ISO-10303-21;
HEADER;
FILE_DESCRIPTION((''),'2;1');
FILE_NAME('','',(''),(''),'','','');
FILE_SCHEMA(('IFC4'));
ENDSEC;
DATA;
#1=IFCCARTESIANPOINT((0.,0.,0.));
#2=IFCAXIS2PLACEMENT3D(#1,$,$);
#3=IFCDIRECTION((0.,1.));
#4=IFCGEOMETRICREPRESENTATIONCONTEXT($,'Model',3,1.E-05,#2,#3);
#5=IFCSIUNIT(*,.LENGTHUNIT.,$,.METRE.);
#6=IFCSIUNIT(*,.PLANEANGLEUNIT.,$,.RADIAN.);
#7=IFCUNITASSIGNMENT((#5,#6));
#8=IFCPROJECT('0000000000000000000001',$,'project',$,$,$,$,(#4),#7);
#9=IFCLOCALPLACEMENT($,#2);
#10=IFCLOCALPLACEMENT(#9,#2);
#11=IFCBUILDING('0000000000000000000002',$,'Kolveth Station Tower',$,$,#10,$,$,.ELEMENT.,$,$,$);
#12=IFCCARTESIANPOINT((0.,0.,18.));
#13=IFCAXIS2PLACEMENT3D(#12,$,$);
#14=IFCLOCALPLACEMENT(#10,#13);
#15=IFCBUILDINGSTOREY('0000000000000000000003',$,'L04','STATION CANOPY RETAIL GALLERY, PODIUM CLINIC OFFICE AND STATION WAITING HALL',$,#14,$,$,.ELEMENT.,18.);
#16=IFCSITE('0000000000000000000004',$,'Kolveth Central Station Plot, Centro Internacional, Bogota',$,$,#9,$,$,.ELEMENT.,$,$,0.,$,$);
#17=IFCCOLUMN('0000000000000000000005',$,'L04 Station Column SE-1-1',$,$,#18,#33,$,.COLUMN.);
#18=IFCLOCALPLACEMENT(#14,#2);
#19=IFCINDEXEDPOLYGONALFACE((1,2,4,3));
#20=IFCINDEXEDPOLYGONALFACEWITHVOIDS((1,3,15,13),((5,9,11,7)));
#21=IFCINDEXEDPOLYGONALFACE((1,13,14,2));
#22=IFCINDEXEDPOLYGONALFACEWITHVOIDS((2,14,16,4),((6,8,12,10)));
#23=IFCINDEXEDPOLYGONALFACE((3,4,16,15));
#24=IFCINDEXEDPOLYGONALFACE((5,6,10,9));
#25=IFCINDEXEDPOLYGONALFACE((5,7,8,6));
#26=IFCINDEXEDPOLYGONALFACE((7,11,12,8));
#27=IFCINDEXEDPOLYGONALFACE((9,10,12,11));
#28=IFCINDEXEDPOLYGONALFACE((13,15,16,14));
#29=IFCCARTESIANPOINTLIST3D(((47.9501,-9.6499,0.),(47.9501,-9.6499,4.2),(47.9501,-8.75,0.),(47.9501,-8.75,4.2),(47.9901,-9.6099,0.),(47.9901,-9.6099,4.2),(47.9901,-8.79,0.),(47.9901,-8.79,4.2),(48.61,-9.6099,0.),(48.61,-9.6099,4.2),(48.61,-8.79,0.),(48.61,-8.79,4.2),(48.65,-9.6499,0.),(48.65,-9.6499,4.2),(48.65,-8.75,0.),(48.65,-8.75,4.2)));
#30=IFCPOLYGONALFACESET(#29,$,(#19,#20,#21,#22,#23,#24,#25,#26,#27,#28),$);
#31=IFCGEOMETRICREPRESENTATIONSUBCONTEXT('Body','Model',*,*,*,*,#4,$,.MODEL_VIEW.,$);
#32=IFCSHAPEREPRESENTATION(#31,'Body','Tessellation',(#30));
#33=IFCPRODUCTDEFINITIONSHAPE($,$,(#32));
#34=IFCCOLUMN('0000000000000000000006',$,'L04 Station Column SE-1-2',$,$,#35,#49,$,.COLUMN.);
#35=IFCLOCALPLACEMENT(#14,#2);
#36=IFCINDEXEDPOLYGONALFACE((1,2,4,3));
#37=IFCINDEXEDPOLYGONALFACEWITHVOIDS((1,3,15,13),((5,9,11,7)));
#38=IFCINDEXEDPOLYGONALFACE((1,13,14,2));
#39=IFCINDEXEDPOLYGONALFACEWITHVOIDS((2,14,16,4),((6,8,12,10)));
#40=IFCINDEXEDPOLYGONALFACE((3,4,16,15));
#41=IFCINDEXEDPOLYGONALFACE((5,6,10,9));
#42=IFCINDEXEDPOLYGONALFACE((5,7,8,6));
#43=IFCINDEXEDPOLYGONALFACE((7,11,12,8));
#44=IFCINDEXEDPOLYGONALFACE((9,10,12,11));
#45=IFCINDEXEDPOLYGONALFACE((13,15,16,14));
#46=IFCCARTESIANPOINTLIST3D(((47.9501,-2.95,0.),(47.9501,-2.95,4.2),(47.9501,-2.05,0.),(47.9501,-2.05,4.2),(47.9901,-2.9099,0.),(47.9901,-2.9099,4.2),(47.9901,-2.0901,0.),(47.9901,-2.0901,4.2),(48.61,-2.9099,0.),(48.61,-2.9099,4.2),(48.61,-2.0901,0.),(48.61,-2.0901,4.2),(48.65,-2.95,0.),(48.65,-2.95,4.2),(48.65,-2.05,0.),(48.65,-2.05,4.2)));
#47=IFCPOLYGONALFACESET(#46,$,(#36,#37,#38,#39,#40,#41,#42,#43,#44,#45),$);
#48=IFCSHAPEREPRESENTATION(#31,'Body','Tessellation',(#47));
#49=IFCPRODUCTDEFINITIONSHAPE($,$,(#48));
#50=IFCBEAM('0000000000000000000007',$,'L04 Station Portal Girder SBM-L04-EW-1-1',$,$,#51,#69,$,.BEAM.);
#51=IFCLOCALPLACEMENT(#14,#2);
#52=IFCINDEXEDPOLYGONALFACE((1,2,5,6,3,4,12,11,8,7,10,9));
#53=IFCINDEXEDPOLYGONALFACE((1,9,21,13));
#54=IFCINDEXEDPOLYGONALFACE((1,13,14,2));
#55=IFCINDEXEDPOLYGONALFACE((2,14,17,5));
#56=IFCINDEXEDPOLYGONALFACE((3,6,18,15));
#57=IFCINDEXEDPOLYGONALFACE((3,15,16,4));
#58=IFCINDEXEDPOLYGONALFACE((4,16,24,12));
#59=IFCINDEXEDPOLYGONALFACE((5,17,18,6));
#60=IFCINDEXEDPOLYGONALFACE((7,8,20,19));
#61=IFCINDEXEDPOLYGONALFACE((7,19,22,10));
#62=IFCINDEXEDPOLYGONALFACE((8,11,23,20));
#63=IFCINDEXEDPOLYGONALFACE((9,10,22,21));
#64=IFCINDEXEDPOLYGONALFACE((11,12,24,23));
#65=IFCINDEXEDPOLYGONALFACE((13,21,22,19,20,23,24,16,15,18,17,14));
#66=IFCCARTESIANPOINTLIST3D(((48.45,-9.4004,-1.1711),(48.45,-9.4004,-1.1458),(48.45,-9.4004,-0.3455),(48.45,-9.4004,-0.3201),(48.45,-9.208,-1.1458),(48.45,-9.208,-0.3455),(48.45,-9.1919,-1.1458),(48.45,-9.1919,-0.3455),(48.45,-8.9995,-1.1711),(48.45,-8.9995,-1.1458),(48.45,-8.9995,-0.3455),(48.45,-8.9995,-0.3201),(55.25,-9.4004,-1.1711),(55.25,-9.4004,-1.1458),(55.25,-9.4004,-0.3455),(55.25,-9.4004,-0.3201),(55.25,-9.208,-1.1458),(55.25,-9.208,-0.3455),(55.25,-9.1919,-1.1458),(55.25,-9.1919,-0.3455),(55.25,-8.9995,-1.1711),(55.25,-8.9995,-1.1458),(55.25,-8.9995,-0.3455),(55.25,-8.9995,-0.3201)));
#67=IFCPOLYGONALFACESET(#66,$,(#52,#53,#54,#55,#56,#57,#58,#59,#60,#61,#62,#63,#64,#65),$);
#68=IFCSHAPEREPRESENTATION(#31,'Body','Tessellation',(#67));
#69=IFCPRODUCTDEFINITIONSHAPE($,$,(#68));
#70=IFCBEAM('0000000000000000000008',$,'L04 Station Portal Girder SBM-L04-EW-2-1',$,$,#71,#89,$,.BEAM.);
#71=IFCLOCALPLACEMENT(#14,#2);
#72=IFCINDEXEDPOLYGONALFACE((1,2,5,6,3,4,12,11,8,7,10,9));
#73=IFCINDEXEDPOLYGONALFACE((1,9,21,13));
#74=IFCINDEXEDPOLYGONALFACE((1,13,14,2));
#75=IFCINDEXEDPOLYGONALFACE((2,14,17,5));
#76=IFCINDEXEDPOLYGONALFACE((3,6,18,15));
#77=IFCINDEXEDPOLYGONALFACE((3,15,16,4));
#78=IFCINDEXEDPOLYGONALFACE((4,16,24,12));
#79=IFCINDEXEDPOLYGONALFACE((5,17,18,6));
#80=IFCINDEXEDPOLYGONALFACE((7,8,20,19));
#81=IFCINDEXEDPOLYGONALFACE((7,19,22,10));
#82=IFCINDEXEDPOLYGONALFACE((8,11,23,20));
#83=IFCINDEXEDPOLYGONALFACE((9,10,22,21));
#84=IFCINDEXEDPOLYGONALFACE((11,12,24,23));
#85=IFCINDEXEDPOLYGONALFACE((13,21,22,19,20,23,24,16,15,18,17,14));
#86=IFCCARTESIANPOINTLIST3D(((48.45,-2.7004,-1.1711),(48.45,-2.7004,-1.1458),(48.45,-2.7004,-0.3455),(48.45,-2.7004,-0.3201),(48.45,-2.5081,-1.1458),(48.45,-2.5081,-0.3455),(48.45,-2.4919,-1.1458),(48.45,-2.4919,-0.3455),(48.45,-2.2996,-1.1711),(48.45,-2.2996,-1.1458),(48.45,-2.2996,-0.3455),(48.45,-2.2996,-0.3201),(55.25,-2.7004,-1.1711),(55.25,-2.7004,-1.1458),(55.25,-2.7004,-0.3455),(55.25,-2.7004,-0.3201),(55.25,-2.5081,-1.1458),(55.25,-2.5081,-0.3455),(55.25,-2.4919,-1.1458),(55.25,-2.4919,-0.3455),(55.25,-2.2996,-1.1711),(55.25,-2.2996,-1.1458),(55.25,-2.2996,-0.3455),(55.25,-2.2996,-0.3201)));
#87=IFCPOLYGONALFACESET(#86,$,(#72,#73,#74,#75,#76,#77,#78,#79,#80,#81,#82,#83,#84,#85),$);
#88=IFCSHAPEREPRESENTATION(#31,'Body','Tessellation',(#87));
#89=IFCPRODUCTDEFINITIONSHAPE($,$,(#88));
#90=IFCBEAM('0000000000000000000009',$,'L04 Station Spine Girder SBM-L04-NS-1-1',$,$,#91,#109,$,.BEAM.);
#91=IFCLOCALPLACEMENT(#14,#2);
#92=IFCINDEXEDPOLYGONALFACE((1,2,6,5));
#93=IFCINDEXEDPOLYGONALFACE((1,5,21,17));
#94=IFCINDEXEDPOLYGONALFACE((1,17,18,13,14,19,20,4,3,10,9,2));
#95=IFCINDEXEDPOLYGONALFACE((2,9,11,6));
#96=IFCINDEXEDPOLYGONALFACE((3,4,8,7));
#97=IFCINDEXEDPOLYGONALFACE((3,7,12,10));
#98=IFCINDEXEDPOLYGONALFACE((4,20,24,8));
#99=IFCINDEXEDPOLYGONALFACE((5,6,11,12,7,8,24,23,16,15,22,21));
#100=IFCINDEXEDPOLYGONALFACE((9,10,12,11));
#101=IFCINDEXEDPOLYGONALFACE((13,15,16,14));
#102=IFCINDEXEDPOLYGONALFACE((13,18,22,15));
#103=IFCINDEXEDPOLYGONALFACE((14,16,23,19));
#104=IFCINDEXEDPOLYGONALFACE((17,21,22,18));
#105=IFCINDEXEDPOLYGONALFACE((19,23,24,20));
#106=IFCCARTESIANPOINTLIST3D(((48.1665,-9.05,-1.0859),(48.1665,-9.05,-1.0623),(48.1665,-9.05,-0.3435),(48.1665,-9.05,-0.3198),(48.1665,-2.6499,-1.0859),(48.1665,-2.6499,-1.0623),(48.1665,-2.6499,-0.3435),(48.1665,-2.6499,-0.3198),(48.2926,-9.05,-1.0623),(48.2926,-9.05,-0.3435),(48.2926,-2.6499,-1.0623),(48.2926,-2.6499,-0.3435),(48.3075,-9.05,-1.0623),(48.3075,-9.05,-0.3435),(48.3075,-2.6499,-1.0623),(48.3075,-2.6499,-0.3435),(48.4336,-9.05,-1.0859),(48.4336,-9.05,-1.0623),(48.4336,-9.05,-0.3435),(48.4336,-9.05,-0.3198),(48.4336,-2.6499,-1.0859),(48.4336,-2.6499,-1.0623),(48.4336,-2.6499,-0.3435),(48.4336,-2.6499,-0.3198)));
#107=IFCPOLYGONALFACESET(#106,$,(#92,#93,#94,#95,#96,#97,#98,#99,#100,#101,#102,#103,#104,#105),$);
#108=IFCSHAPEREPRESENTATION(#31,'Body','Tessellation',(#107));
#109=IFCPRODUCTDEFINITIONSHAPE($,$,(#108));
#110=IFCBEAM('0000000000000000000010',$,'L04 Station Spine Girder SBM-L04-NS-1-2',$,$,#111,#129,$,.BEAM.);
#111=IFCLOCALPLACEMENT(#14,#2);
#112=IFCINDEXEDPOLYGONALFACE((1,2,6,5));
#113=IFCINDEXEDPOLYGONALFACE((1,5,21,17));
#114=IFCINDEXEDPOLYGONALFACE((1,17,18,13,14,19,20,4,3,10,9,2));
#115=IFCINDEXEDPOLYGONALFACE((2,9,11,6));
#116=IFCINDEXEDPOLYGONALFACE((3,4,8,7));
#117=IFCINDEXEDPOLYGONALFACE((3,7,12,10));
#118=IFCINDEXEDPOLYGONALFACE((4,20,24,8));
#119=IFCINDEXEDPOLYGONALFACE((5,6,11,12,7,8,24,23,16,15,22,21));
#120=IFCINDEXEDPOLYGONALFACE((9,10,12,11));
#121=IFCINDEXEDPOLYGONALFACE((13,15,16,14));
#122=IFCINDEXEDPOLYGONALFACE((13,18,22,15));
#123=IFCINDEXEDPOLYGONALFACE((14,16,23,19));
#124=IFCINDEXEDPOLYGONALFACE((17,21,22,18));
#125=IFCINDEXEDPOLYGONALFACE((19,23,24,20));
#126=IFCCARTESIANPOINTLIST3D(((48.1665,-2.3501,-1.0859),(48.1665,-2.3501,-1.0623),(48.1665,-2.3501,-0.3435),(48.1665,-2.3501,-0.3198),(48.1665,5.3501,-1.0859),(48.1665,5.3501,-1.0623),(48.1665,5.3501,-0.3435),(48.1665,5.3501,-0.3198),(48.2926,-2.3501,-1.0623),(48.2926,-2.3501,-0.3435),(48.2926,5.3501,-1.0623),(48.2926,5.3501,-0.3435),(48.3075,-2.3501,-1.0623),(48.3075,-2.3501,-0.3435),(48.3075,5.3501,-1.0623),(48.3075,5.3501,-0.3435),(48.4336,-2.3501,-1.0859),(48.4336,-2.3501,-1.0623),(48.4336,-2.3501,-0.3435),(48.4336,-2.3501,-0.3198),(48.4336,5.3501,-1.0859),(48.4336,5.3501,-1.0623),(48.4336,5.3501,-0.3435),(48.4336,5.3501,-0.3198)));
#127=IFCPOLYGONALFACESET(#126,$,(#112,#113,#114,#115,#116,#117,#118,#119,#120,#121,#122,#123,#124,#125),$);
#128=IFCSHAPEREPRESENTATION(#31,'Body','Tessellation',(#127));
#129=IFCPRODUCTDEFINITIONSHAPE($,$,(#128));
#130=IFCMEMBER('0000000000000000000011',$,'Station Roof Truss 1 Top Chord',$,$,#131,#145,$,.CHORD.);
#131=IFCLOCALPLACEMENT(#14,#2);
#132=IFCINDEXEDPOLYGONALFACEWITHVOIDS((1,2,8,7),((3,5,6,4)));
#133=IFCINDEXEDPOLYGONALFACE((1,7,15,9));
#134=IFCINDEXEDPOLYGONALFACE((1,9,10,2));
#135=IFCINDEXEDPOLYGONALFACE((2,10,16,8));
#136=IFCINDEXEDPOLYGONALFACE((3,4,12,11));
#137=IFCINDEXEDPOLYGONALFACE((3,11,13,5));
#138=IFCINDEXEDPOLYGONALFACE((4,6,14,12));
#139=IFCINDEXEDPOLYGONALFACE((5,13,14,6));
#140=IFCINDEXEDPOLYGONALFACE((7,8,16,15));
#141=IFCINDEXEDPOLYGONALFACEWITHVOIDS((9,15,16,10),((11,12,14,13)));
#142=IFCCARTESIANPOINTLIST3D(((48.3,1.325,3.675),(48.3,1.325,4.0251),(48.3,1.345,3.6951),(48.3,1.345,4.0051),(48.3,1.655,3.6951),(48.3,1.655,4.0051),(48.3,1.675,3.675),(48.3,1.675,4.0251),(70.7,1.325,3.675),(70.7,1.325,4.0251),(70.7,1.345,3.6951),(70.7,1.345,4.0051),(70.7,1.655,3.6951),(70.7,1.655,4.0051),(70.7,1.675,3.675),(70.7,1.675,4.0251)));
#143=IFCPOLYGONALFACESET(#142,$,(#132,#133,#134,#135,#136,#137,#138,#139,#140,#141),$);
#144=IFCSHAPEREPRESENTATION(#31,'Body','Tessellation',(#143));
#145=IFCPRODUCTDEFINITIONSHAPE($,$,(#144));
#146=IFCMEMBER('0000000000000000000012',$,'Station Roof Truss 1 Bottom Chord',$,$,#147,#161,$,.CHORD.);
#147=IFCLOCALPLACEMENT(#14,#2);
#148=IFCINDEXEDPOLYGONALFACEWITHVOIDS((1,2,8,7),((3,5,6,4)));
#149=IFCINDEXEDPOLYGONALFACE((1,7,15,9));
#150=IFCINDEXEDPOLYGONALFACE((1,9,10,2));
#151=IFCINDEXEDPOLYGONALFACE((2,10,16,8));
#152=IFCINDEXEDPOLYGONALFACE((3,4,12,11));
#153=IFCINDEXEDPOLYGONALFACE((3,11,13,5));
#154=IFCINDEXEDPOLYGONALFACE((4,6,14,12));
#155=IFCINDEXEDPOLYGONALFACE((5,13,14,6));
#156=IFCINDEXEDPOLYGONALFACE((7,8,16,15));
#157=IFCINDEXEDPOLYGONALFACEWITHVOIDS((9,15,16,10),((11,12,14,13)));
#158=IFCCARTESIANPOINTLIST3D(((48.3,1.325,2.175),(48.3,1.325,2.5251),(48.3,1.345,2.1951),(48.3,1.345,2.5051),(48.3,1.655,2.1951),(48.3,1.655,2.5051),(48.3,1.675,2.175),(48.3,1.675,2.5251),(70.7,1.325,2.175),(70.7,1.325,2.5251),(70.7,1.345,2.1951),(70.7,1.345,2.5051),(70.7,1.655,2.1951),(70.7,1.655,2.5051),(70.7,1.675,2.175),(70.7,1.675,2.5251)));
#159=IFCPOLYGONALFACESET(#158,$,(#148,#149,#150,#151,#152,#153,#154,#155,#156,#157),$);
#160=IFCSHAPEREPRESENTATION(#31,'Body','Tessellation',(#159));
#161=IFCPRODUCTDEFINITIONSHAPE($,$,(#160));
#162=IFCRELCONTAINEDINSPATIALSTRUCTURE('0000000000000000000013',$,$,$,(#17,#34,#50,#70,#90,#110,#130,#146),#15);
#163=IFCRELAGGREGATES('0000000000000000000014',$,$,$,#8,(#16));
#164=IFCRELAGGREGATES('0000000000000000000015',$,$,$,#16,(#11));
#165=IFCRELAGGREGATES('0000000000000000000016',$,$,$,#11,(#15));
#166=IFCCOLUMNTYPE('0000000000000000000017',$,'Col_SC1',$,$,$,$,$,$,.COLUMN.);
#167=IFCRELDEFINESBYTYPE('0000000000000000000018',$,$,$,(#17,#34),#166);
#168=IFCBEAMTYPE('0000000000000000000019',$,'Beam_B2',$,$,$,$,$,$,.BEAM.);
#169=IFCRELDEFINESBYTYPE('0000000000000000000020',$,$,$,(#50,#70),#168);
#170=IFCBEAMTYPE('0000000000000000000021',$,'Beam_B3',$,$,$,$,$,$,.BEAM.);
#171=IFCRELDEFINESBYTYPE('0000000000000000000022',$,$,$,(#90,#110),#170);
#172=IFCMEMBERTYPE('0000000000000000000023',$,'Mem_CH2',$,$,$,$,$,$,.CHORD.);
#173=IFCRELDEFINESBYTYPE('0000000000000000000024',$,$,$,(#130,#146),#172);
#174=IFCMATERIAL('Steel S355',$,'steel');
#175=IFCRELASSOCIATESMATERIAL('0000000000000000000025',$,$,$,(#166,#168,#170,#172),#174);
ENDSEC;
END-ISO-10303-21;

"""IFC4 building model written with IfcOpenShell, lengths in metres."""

from ifc_helpers import new_model, si_unit, direction, frame, origin, origin_2d, place, context, subcontext, project, spatial, hollow_rectangle, i_section, extrude, source, transform, mapped, material, material_profile, profile_set, type_object, element, save


model = new_model("IFC4")

# Units and contexts
model_context = context("Model", 3, precision=1e-05, world=origin(), true_north=direction((0.0, 1.0)))
body_context = subcontext(model_context, "Body", "Model", "MODEL_VIEW")
ifc_project = project(units=[si_unit("LENGTHUNIT", "METRE"), si_unit("PLANEANGLEUNIT", "RADIAN")], contexts=[model_context])

# Site, building, storey
site_placement = place(None, origin())
site = spatial("IfcSite", under=ifc_project, at=site_placement, Name="Kolveth Central Station Plot, Centro Internacional, Bogota", CompositionType="ELEMENT", RefElevation=0.0)
building_placement = place(site_placement, origin())
building = spatial("IfcBuilding", under=site, at=building_placement, Name="Kolveth Station Tower", CompositionType="ELEMENT")
storey_placement = place(building_placement, frame((0.0, 0.0, 18.0)))
storey = spatial("IfcBuildingStorey", under=building, at=storey_placement, Name="L04", Description="STATION CANOPY RETAIL GALLERY, PODIUM CLINIC OFFICE AND STATION WAITING HALL", CompositionType="ELEMENT", Elevation=18.0)

# Columns
ifc_material_1 = material(Name="Steel S355", Category="steel")
ifc_material_profile_1 = material_profile(ifc_material_1, hollow_rectangle(XDim=0.7, YDim=0.8999, WallThickness=0.04, at=origin_2d()), Name="BOX900x700x40")
ifc_profile_set_1 = profile_set([ifc_material_profile_1], Name="Steel S355")
column_type = type_object("IfcColumnType", Name="Col_SC1", PredefinedType="COLUMN", material=ifc_profile_set_1)
shared_shape_1 = source(origin(), body_context, "Body", "SweptSolid", [
    extrude(hollow_rectangle(XDim=0.7, YDim=0.8999, WallThickness=0.04, at=origin_2d()), origin(), (0.0, 0.0, 1.0), 4.2),
])
for number, where, z_axis, x_axis, name in (
    (1, (48.3, -9.2, 0.0), (0.0, 0.0, 1.0), (1.0, 0.0, 0.0), "L04 Station Column SE-1-1"),
    (2, (48.3, -2.5, 0.0), (0.0, 0.0, 1.0), (1.0, 0.0, 0.0), "L04 Station Column SE-1-2"),
):
    element("IfcColumn", number, at=place(storey_placement, frame(where, z_axis=z_axis, x_axis=x_axis)), inside=storey, type_object=column_type, Name=name, PredefinedType="COLUMN", context=body_context, shape_type="MappedRepresentation", body=[
        mapped(shared_shape_1, transform((0.0, 0.0, 0.0), x_axis=(1.0, 0.0, 0.0), y_axis=(0.0, 1.0, 0.0), z_axis=(0.0, 0.0, 1.0), scale=1.0)),
    ])

# Beams
ifc_material_profile_2 = material_profile(ifc_material_1, i_section(OverallWidth=0.4009, OverallDepth=0.8511, WebThickness=0.0161, FlangeThickness=0.0254, at=origin_2d()), Name="W840x226")
ifc_profile_set_2 = profile_set([ifc_material_profile_2], Name="Steel S355")
beam_type_1 = type_object("IfcBeamType", Name="Beam_B2", PredefinedType="BEAM", material=ifc_profile_set_2)
shared_shape_2 = source(origin(), body_context, "Body", "SweptSolid", [
    extrude(i_section(OverallWidth=0.4009, OverallDepth=0.8511, WebThickness=0.0161, FlangeThickness=0.0254, at=origin_2d()), origin(), (0.0, 0.0, 1.0), 6.8),
])
for number, where, z_axis, x_axis, name in (
    (3, (48.45, -9.2, -0.7456), (1.0, 0.0, 0.0), (0.0, 1.0, 0.0), "L04 Station Portal Girder SBM-L04-EW-1-1"),
    (4, (48.45, -2.5, -0.7456), (1.0, 0.0, 0.0), (0.0, 1.0, 0.0), "L04 Station Portal Girder SBM-L04-EW-2-1"),
):
    element("IfcBeam", number, at=place(storey_placement, frame(where, z_axis=z_axis, x_axis=x_axis)), inside=storey, type_object=beam_type_1, Name=name, PredefinedType="BEAM", context=body_context, shape_type="MappedRepresentation", body=[
        mapped(shared_shape_2, transform((0.0, 0.0, 0.0), x_axis=(1.0, 0.0, 0.0), y_axis=(0.0, 1.0, 0.0), z_axis=(0.0, 0.0, 1.0), scale=1.0)),
    ])
ifc_material_profile_3 = material_profile(ifc_material_1, i_section(OverallWidth=0.2671, OverallDepth=0.7661, WebThickness=0.0149, FlangeThickness=0.0237, at=origin_2d()), Name="W760x185")
ifc_profile_set_3 = profile_set([ifc_material_profile_3], Name="Steel S355")
beam_type_2 = type_object("IfcBeamType", Name="Beam_B3", PredefinedType="BEAM", material=ifc_profile_set_3)
shared_shape_3 = source(origin(), body_context, "Body", "SweptSolid", [
    extrude(i_section(OverallWidth=0.2671, OverallDepth=0.7661, WebThickness=0.0149, FlangeThickness=0.0237, at=origin_2d()), origin(), (0.0, 0.0, 1.0), 6.4001),
])
beam_1_placement = place(storey_placement, frame((48.3, -9.05, -0.7029), z_axis=(0.0, 1.0, 0.0), x_axis=(-1.0, 0.0, 0.0)))
element("IfcBeam", 5, at=beam_1_placement, inside=storey, type_object=beam_type_2, Name="L04 Station Spine Girder SBM-L04-NS-1-1", PredefinedType="BEAM", context=body_context, shape_type="MappedRepresentation", body=[
    mapped(shared_shape_3, transform((0.0, 0.0, 0.0), x_axis=(1.0, 0.0, 0.0), y_axis=(0.0, 1.0, 0.0), z_axis=(0.0, 0.0, 1.0), scale=1.0)),
])
shared_shape_4 = source(origin(), body_context, "Body", "SweptSolid", [
    extrude(i_section(OverallWidth=0.2671, OverallDepth=0.7661, WebThickness=0.0149, FlangeThickness=0.0237, at=origin_2d()), origin(), (0.0, 0.0, 1.0), 7.7002),
])
beam_2_placement = place(storey_placement, frame((48.3, -2.3501, -0.7029), z_axis=(0.0, 1.0, 0.0), x_axis=(-1.0, 0.0, 0.0)))
element("IfcBeam", 6, at=beam_2_placement, inside=storey, type_object=beam_type_2, Name="L04 Station Spine Girder SBM-L04-NS-1-2", PredefinedType="BEAM", context=body_context, shape_type="MappedRepresentation", body=[
    mapped(shared_shape_4, transform((0.0, 0.0, 0.0), x_axis=(1.0, 0.0, 0.0), y_axis=(0.0, 1.0, 0.0), z_axis=(0.0, 0.0, 1.0), scale=1.0)),
])

# Members
ifc_material_profile_4 = material_profile(ifc_material_1, hollow_rectangle(XDim=0.3501, YDim=0.3501, WallThickness=0.02, at=origin_2d()), Name="HSS350x350x20")
ifc_profile_set_4 = profile_set([ifc_material_profile_4], Name="Steel S355")
member_type_1 = type_object("IfcMemberType", Name="Mem_CH2", PredefinedType="CHORD", material=ifc_profile_set_4)
shared_shape_5 = source(origin(), body_context, "Body", "SweptSolid", [
    extrude(hollow_rectangle(XDim=0.3501, YDim=0.3501, WallThickness=0.02, at=origin_2d()), origin(), (0.0, 0.0, 1.0), 22.3999),
])
for number, where, z_axis, x_axis, name in (
    (7, (48.3, 1.5, 3.8501), (1.0, 0.0, 0.0), (0.0, 1.0, 0.0), "Station Roof Truss 1 Top Chord"),
    (8, (48.3, 1.5, 2.3501), (1.0, 0.0, 0.0), (0.0, 1.0, 0.0), "Station Roof Truss 1 Bottom Chord"),
):
    element("IfcMember", number, at=place(storey_placement, frame(where, z_axis=z_axis, x_axis=x_axis)), inside=storey, type_object=member_type_1, Name=name, PredefinedType="CHORD", context=body_context, shape_type="MappedRepresentation", body=[
        mapped(shared_shape_5, transform((0.0, 0.0, 0.0), x_axis=(1.0, 0.0, 0.0), y_axis=(0.0, 1.0, 0.0), z_axis=(0.0, 0.0, 1.0), scale=1.0)),
    ])

save(model, "model.ifc")
